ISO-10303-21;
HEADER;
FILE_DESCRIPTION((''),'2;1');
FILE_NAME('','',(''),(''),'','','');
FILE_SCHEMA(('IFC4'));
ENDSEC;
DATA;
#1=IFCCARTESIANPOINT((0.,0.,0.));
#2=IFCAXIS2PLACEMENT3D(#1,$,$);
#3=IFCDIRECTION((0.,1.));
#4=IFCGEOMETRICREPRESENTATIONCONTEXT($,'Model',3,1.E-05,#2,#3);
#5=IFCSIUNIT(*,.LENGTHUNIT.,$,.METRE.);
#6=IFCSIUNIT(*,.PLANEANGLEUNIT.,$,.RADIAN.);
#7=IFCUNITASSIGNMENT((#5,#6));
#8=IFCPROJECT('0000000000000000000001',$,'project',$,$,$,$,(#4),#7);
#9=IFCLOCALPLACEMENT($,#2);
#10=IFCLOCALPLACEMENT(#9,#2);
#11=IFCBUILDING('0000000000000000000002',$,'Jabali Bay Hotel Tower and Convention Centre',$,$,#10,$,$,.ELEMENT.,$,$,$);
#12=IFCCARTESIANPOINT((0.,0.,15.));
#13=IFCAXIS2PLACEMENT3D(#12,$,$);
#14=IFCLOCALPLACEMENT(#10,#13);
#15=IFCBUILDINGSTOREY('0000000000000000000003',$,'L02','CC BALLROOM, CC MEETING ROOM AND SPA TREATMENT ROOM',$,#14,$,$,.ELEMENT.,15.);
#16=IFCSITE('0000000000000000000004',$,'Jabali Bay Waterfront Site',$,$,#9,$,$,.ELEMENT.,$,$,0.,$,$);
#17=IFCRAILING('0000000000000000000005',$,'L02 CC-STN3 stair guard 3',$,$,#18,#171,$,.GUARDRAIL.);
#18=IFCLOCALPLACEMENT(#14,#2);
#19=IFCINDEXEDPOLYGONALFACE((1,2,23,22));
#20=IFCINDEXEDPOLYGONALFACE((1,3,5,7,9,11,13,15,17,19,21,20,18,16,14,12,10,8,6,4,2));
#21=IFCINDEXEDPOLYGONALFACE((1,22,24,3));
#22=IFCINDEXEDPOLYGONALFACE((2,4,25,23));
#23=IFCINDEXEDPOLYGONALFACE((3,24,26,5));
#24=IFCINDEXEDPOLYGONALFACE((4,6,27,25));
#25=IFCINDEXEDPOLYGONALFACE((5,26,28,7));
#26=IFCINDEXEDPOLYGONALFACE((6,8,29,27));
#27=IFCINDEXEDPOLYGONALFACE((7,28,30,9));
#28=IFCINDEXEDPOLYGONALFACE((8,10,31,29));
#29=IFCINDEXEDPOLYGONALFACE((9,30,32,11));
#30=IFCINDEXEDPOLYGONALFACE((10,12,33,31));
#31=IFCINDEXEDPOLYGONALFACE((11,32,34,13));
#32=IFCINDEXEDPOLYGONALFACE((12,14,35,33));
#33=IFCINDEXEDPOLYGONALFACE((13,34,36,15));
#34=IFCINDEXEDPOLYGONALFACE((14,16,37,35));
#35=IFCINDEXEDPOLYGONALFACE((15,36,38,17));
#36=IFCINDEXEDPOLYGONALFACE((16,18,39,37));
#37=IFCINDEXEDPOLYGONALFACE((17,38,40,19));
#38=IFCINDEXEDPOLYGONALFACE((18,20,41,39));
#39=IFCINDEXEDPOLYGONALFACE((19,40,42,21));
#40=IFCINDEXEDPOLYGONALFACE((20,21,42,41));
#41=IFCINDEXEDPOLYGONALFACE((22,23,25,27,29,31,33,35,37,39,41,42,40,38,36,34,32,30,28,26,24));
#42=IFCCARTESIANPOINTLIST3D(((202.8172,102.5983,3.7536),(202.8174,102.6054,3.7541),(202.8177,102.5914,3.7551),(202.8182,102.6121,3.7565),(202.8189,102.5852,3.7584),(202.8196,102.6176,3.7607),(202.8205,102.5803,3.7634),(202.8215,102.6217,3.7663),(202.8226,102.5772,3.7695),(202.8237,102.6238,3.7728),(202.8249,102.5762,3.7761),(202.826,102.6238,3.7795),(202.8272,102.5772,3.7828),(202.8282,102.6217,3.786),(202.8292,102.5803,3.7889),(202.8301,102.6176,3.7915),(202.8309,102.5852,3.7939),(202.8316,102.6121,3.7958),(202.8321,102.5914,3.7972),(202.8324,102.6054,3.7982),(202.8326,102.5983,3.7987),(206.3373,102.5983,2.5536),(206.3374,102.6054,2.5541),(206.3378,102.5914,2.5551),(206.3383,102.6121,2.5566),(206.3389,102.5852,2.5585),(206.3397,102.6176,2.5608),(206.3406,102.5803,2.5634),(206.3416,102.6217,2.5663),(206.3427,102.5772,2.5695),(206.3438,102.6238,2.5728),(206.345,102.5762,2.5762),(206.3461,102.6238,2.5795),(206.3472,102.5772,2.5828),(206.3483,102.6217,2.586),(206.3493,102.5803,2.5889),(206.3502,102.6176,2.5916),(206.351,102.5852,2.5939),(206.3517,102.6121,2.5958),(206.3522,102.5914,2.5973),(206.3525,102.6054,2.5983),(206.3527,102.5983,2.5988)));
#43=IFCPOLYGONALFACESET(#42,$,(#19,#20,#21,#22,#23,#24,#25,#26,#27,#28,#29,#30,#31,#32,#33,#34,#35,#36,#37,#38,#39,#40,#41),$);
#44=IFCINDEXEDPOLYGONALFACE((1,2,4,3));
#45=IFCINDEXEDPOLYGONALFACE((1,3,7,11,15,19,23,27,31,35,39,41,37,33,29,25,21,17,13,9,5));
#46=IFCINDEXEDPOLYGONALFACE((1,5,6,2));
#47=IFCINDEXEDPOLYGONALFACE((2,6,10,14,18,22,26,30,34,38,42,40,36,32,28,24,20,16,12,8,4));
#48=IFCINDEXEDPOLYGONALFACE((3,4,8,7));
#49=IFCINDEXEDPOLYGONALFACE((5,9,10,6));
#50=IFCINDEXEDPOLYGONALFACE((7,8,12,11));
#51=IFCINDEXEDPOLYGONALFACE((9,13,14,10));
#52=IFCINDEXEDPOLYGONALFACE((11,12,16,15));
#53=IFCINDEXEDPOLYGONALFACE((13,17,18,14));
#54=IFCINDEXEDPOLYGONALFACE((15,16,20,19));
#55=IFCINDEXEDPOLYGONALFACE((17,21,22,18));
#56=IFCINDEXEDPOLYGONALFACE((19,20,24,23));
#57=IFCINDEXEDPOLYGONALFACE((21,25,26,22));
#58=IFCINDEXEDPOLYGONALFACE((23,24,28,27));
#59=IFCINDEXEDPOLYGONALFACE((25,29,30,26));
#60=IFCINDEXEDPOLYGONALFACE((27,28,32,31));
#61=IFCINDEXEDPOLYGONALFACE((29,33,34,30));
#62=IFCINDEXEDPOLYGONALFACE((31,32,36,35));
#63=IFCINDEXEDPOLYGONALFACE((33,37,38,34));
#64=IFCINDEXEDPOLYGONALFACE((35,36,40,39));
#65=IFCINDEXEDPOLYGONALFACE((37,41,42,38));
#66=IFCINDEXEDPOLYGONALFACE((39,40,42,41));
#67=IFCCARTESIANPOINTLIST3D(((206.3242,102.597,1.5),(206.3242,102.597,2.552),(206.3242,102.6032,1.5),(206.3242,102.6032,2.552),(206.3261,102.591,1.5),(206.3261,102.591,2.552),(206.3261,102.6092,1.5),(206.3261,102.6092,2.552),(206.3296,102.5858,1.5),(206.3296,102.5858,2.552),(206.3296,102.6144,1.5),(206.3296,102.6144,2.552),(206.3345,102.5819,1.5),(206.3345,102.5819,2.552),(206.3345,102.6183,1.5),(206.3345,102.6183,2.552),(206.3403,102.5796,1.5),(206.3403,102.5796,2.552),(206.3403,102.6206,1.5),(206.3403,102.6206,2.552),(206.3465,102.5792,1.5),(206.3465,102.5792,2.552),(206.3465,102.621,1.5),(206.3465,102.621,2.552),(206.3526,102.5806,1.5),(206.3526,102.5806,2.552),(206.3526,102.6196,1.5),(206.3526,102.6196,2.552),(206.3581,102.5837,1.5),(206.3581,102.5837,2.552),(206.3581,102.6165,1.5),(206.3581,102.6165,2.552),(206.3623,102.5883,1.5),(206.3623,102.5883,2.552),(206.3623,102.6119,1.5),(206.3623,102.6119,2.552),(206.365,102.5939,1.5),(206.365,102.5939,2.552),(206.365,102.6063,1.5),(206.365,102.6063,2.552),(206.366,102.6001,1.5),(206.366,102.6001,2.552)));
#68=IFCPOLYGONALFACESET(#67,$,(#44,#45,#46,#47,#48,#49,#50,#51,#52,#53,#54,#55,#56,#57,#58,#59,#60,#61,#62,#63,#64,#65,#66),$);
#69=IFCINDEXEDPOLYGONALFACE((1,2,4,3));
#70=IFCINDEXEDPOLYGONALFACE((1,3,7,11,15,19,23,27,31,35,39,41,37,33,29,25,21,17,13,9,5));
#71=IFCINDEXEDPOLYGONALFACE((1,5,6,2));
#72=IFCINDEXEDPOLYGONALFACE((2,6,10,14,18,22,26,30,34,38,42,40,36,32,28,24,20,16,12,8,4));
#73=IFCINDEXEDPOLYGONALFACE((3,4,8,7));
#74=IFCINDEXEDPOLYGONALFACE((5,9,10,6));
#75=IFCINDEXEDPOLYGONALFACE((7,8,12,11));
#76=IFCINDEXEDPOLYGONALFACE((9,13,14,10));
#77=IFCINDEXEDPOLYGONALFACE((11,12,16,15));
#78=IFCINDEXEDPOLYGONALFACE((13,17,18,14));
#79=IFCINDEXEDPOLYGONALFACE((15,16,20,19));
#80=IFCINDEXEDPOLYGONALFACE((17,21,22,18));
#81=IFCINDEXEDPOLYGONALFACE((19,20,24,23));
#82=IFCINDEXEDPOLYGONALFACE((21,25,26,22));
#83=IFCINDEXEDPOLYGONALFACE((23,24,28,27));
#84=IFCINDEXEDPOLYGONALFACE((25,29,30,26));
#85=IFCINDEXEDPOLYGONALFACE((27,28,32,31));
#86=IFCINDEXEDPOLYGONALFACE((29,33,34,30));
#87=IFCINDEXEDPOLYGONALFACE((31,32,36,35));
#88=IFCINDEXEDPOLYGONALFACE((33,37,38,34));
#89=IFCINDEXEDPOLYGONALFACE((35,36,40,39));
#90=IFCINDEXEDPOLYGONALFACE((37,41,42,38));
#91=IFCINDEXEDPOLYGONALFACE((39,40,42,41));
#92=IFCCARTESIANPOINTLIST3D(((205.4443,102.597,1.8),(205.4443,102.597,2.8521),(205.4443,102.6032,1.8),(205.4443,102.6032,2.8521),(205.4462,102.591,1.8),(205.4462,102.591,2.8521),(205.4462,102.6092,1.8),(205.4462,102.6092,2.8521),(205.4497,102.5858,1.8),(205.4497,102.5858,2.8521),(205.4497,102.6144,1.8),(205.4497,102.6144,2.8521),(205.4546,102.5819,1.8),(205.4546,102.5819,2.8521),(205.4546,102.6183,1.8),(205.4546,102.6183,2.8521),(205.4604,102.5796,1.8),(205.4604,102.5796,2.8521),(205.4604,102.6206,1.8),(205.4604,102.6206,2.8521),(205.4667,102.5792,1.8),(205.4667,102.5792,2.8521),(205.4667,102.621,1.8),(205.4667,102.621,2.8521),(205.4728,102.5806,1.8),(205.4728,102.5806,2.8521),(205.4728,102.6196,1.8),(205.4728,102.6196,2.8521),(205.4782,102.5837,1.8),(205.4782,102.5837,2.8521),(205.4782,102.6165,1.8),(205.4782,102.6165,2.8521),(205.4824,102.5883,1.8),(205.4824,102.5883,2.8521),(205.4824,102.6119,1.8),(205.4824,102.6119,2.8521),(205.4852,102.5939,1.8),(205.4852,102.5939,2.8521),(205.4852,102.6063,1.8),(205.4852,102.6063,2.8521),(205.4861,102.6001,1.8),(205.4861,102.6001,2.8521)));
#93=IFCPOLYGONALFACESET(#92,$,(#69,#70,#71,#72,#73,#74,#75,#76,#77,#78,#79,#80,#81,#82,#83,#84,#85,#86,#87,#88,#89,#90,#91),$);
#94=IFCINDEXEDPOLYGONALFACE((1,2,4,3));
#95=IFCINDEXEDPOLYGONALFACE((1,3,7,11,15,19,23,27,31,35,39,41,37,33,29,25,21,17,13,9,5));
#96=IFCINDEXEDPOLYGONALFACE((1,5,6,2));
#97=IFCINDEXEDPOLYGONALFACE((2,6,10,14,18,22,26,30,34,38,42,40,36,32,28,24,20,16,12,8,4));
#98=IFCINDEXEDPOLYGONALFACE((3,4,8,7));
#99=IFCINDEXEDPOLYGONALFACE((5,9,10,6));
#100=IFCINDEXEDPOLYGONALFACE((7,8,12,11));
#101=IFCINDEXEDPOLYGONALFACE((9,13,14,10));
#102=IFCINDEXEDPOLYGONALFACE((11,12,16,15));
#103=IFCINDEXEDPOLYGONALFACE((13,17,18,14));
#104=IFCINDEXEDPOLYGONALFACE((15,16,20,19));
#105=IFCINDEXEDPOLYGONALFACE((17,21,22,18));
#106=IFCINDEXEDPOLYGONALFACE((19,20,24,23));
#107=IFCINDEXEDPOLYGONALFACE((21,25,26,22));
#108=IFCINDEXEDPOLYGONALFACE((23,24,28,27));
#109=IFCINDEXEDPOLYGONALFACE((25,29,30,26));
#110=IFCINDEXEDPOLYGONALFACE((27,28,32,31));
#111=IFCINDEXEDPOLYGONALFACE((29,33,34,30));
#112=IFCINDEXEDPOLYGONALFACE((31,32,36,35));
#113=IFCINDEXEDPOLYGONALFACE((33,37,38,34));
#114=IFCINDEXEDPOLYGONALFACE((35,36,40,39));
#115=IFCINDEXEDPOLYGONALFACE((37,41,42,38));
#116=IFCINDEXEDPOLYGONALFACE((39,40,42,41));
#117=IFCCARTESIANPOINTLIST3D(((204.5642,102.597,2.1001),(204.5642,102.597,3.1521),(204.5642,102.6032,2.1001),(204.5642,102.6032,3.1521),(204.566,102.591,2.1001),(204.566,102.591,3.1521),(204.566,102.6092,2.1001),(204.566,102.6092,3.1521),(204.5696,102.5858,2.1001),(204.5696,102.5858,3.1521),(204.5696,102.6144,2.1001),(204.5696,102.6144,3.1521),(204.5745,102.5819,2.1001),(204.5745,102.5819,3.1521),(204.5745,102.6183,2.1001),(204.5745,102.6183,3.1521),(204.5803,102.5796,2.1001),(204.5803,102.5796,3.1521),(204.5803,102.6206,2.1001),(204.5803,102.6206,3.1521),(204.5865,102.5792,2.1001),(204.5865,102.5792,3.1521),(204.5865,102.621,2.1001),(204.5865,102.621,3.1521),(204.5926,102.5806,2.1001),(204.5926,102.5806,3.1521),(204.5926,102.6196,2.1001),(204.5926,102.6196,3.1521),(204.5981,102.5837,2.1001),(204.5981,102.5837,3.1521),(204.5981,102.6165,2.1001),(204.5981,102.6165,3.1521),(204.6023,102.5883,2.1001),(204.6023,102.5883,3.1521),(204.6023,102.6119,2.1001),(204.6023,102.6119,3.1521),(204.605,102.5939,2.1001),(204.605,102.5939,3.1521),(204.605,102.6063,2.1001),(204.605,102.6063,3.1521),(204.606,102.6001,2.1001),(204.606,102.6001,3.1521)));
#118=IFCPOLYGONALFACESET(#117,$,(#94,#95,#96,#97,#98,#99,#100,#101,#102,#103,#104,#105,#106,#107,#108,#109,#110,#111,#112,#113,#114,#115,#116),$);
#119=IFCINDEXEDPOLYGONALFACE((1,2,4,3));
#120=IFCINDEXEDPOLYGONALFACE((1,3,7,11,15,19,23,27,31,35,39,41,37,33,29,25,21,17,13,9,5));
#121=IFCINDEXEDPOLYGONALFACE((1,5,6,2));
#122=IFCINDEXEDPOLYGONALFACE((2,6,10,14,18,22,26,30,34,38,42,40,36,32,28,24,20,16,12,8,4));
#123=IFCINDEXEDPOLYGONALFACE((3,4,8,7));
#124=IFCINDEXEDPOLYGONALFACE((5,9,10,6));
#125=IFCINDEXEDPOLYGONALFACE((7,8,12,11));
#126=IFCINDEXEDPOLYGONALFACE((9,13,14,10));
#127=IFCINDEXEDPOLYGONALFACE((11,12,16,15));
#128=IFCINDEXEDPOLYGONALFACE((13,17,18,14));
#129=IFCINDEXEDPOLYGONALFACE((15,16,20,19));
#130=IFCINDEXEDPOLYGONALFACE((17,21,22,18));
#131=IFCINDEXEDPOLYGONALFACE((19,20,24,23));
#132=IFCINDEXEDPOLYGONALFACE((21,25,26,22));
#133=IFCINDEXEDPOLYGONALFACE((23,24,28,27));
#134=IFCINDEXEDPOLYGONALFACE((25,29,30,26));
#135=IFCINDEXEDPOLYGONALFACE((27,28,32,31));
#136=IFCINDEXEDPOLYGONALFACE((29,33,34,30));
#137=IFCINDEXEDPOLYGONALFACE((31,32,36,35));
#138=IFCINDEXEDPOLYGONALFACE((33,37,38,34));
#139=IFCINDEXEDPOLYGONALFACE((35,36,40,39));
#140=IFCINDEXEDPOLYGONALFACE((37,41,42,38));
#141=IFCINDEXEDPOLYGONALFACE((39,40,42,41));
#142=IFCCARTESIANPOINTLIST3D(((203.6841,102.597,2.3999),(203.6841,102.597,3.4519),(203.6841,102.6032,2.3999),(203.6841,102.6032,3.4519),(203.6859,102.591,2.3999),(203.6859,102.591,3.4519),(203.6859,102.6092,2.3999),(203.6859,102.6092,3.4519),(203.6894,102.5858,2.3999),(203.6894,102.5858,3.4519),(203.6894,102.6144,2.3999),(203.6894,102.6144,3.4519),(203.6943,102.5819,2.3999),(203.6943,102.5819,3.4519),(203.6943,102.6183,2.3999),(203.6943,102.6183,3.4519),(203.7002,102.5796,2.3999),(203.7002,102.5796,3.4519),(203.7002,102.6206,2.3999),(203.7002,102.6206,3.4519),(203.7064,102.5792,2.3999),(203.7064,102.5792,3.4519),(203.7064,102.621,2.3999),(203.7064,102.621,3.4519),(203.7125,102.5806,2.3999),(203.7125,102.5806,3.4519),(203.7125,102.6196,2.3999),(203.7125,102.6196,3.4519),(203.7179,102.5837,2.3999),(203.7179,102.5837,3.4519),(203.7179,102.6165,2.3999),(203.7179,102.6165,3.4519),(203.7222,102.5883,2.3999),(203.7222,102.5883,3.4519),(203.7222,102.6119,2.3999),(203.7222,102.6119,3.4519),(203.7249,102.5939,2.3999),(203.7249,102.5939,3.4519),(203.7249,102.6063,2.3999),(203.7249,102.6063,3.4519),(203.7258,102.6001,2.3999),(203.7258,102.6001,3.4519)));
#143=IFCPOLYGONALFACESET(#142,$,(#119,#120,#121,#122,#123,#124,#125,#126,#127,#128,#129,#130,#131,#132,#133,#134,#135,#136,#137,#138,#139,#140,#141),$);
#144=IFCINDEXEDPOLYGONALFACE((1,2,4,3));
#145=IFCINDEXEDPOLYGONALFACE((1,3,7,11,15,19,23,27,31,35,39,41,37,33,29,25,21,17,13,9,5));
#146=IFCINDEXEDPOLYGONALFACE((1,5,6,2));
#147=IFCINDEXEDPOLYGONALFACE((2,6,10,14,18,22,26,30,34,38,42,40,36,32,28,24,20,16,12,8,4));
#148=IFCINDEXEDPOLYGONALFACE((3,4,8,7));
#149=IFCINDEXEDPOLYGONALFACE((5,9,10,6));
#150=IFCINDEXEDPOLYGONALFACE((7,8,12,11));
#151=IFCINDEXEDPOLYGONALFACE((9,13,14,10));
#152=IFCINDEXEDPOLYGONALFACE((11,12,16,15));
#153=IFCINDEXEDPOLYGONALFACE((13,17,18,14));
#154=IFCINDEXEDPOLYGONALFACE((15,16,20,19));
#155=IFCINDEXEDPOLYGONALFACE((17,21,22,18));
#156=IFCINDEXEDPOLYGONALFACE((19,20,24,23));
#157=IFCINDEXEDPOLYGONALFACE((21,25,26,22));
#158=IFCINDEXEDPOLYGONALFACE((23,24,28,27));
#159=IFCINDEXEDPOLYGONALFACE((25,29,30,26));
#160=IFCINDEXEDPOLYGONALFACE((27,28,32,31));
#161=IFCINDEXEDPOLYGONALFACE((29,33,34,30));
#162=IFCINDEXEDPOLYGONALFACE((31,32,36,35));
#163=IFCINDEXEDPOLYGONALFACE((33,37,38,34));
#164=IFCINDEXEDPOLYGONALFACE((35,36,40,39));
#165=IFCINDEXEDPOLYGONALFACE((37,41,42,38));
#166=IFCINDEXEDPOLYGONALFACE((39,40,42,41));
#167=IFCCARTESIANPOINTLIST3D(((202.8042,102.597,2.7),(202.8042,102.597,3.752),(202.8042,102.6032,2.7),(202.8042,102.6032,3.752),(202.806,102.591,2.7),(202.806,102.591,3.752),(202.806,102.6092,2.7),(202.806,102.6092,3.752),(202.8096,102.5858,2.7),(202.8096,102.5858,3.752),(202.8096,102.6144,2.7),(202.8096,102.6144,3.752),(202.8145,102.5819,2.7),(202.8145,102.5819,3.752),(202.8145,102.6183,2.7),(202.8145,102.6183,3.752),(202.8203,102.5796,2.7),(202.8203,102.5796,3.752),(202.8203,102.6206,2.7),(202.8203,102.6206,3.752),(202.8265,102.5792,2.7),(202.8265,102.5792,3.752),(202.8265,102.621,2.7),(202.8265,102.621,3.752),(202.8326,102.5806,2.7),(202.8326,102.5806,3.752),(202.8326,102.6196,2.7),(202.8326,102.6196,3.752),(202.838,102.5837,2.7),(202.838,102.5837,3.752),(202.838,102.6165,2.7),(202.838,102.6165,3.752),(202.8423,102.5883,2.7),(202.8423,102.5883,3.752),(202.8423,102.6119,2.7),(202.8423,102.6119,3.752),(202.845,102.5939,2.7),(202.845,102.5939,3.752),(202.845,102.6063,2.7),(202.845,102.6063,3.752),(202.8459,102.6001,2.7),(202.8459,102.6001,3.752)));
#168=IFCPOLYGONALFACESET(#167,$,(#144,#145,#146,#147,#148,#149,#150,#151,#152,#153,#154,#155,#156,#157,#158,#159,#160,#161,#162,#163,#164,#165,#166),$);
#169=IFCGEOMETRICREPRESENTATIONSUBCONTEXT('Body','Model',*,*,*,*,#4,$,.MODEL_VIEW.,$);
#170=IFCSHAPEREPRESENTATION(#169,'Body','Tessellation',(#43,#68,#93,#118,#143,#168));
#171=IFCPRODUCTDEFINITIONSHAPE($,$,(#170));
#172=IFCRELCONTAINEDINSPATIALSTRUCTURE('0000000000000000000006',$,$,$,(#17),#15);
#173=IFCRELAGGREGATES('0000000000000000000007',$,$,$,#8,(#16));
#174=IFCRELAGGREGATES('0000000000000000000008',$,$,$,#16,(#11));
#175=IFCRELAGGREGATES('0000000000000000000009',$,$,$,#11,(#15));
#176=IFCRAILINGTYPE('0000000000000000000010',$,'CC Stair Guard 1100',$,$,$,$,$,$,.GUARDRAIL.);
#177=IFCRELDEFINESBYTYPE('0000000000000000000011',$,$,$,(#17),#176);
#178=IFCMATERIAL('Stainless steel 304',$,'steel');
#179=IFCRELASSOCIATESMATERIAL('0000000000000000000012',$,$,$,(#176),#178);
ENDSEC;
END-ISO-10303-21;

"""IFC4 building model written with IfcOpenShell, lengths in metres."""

from ifc_helpers import new_model, si_unit, direction, frame, origin, origin_2d, place, context, subcontext, project, spatial, circle, extrude, material, type_object, element, save


model = new_model("IFC4")

# Units and contexts
model_context = context("Model", 3, precision=1e-05, world=origin(), true_north=direction((0.0, 1.0)))
body_context = subcontext(model_context, "Body", "Model", "MODEL_VIEW")
ifc_project = project(units=[si_unit("LENGTHUNIT", "METRE"), si_unit("PLANEANGLEUNIT", "RADIAN")], contexts=[model_context])

# Site, building, storey
site_placement = place(None, origin())
site = spatial("IfcSite", under=ifc_project, at=site_placement, Name="Jabali Bay Waterfront Site", CompositionType="ELEMENT", RefElevation=0.0)
building_placement = place(site_placement, origin())
building = spatial("IfcBuilding", under=site, at=building_placement, Name="Jabali Bay Hotel Tower and Convention Centre", CompositionType="ELEMENT")
storey_placement = place(building_placement, frame((0.0, 0.0, 15.0)))
storey = spatial("IfcBuildingStorey", under=building, at=storey_placement, Name="L02", Description="CC BALLROOM, CC MEETING ROOM AND SPA TREATMENT ROOM", CompositionType="ELEMENT", Elevation=15.0)

# Railing
ifc_material_1 = material(Name="Stainless steel 304", Category="steel")
railing_type_1 = type_object("IfcRailingType", Name="CC Stair Guard 1100", PredefinedType="GUARDRAIL", material=ifc_material_1)
railing_1_placement = place(storey_placement, frame((206.345, 102.6001, 1.5)))
element("IfcRailing", 1, at=railing_1_placement, inside=storey, type_object=railing_type_1, Name="L02 CC-STN3 stair guard 3", PredefinedType="GUARDRAIL", context=body_context, shape_type="SweptSolid", body=[
    extrude(circle(Radius=0.0239, at=origin_2d()), frame((0.0, 0.0, 1.0762), z_axis=(-0.946515, 0.0, 0.322661), x_axis=(0.0, -1.0, 0.0)), (0.0, 0.0, 1.0), 3.719),
    extrude(circle(Radius=0.021, at=origin_2d()), origin(), (0.0, 0.0, 1.0), 1.052),
    extrude(circle(Radius=0.021, at=origin_2d()), frame((-0.8799, 0.0, 0.3)), (0.0, 0.0, 1.0), 1.052),
    extrude(circle(Radius=0.021, at=origin_2d()), frame((-1.76, 0.0, 0.6001)), (0.0, 0.0, 1.0), 1.052),
    extrude(circle(Radius=0.021, at=origin_2d()), frame((-2.6401, 0.0, 0.8999)), (0.0, 0.0, 1.0), 1.052),
    extrude(circle(Radius=0.021, at=origin_2d()), frame((-3.52, 0.0, 1.2)), (0.0, 0.0, 1.0), 1.052),
])

save(model, "model.ifc")
